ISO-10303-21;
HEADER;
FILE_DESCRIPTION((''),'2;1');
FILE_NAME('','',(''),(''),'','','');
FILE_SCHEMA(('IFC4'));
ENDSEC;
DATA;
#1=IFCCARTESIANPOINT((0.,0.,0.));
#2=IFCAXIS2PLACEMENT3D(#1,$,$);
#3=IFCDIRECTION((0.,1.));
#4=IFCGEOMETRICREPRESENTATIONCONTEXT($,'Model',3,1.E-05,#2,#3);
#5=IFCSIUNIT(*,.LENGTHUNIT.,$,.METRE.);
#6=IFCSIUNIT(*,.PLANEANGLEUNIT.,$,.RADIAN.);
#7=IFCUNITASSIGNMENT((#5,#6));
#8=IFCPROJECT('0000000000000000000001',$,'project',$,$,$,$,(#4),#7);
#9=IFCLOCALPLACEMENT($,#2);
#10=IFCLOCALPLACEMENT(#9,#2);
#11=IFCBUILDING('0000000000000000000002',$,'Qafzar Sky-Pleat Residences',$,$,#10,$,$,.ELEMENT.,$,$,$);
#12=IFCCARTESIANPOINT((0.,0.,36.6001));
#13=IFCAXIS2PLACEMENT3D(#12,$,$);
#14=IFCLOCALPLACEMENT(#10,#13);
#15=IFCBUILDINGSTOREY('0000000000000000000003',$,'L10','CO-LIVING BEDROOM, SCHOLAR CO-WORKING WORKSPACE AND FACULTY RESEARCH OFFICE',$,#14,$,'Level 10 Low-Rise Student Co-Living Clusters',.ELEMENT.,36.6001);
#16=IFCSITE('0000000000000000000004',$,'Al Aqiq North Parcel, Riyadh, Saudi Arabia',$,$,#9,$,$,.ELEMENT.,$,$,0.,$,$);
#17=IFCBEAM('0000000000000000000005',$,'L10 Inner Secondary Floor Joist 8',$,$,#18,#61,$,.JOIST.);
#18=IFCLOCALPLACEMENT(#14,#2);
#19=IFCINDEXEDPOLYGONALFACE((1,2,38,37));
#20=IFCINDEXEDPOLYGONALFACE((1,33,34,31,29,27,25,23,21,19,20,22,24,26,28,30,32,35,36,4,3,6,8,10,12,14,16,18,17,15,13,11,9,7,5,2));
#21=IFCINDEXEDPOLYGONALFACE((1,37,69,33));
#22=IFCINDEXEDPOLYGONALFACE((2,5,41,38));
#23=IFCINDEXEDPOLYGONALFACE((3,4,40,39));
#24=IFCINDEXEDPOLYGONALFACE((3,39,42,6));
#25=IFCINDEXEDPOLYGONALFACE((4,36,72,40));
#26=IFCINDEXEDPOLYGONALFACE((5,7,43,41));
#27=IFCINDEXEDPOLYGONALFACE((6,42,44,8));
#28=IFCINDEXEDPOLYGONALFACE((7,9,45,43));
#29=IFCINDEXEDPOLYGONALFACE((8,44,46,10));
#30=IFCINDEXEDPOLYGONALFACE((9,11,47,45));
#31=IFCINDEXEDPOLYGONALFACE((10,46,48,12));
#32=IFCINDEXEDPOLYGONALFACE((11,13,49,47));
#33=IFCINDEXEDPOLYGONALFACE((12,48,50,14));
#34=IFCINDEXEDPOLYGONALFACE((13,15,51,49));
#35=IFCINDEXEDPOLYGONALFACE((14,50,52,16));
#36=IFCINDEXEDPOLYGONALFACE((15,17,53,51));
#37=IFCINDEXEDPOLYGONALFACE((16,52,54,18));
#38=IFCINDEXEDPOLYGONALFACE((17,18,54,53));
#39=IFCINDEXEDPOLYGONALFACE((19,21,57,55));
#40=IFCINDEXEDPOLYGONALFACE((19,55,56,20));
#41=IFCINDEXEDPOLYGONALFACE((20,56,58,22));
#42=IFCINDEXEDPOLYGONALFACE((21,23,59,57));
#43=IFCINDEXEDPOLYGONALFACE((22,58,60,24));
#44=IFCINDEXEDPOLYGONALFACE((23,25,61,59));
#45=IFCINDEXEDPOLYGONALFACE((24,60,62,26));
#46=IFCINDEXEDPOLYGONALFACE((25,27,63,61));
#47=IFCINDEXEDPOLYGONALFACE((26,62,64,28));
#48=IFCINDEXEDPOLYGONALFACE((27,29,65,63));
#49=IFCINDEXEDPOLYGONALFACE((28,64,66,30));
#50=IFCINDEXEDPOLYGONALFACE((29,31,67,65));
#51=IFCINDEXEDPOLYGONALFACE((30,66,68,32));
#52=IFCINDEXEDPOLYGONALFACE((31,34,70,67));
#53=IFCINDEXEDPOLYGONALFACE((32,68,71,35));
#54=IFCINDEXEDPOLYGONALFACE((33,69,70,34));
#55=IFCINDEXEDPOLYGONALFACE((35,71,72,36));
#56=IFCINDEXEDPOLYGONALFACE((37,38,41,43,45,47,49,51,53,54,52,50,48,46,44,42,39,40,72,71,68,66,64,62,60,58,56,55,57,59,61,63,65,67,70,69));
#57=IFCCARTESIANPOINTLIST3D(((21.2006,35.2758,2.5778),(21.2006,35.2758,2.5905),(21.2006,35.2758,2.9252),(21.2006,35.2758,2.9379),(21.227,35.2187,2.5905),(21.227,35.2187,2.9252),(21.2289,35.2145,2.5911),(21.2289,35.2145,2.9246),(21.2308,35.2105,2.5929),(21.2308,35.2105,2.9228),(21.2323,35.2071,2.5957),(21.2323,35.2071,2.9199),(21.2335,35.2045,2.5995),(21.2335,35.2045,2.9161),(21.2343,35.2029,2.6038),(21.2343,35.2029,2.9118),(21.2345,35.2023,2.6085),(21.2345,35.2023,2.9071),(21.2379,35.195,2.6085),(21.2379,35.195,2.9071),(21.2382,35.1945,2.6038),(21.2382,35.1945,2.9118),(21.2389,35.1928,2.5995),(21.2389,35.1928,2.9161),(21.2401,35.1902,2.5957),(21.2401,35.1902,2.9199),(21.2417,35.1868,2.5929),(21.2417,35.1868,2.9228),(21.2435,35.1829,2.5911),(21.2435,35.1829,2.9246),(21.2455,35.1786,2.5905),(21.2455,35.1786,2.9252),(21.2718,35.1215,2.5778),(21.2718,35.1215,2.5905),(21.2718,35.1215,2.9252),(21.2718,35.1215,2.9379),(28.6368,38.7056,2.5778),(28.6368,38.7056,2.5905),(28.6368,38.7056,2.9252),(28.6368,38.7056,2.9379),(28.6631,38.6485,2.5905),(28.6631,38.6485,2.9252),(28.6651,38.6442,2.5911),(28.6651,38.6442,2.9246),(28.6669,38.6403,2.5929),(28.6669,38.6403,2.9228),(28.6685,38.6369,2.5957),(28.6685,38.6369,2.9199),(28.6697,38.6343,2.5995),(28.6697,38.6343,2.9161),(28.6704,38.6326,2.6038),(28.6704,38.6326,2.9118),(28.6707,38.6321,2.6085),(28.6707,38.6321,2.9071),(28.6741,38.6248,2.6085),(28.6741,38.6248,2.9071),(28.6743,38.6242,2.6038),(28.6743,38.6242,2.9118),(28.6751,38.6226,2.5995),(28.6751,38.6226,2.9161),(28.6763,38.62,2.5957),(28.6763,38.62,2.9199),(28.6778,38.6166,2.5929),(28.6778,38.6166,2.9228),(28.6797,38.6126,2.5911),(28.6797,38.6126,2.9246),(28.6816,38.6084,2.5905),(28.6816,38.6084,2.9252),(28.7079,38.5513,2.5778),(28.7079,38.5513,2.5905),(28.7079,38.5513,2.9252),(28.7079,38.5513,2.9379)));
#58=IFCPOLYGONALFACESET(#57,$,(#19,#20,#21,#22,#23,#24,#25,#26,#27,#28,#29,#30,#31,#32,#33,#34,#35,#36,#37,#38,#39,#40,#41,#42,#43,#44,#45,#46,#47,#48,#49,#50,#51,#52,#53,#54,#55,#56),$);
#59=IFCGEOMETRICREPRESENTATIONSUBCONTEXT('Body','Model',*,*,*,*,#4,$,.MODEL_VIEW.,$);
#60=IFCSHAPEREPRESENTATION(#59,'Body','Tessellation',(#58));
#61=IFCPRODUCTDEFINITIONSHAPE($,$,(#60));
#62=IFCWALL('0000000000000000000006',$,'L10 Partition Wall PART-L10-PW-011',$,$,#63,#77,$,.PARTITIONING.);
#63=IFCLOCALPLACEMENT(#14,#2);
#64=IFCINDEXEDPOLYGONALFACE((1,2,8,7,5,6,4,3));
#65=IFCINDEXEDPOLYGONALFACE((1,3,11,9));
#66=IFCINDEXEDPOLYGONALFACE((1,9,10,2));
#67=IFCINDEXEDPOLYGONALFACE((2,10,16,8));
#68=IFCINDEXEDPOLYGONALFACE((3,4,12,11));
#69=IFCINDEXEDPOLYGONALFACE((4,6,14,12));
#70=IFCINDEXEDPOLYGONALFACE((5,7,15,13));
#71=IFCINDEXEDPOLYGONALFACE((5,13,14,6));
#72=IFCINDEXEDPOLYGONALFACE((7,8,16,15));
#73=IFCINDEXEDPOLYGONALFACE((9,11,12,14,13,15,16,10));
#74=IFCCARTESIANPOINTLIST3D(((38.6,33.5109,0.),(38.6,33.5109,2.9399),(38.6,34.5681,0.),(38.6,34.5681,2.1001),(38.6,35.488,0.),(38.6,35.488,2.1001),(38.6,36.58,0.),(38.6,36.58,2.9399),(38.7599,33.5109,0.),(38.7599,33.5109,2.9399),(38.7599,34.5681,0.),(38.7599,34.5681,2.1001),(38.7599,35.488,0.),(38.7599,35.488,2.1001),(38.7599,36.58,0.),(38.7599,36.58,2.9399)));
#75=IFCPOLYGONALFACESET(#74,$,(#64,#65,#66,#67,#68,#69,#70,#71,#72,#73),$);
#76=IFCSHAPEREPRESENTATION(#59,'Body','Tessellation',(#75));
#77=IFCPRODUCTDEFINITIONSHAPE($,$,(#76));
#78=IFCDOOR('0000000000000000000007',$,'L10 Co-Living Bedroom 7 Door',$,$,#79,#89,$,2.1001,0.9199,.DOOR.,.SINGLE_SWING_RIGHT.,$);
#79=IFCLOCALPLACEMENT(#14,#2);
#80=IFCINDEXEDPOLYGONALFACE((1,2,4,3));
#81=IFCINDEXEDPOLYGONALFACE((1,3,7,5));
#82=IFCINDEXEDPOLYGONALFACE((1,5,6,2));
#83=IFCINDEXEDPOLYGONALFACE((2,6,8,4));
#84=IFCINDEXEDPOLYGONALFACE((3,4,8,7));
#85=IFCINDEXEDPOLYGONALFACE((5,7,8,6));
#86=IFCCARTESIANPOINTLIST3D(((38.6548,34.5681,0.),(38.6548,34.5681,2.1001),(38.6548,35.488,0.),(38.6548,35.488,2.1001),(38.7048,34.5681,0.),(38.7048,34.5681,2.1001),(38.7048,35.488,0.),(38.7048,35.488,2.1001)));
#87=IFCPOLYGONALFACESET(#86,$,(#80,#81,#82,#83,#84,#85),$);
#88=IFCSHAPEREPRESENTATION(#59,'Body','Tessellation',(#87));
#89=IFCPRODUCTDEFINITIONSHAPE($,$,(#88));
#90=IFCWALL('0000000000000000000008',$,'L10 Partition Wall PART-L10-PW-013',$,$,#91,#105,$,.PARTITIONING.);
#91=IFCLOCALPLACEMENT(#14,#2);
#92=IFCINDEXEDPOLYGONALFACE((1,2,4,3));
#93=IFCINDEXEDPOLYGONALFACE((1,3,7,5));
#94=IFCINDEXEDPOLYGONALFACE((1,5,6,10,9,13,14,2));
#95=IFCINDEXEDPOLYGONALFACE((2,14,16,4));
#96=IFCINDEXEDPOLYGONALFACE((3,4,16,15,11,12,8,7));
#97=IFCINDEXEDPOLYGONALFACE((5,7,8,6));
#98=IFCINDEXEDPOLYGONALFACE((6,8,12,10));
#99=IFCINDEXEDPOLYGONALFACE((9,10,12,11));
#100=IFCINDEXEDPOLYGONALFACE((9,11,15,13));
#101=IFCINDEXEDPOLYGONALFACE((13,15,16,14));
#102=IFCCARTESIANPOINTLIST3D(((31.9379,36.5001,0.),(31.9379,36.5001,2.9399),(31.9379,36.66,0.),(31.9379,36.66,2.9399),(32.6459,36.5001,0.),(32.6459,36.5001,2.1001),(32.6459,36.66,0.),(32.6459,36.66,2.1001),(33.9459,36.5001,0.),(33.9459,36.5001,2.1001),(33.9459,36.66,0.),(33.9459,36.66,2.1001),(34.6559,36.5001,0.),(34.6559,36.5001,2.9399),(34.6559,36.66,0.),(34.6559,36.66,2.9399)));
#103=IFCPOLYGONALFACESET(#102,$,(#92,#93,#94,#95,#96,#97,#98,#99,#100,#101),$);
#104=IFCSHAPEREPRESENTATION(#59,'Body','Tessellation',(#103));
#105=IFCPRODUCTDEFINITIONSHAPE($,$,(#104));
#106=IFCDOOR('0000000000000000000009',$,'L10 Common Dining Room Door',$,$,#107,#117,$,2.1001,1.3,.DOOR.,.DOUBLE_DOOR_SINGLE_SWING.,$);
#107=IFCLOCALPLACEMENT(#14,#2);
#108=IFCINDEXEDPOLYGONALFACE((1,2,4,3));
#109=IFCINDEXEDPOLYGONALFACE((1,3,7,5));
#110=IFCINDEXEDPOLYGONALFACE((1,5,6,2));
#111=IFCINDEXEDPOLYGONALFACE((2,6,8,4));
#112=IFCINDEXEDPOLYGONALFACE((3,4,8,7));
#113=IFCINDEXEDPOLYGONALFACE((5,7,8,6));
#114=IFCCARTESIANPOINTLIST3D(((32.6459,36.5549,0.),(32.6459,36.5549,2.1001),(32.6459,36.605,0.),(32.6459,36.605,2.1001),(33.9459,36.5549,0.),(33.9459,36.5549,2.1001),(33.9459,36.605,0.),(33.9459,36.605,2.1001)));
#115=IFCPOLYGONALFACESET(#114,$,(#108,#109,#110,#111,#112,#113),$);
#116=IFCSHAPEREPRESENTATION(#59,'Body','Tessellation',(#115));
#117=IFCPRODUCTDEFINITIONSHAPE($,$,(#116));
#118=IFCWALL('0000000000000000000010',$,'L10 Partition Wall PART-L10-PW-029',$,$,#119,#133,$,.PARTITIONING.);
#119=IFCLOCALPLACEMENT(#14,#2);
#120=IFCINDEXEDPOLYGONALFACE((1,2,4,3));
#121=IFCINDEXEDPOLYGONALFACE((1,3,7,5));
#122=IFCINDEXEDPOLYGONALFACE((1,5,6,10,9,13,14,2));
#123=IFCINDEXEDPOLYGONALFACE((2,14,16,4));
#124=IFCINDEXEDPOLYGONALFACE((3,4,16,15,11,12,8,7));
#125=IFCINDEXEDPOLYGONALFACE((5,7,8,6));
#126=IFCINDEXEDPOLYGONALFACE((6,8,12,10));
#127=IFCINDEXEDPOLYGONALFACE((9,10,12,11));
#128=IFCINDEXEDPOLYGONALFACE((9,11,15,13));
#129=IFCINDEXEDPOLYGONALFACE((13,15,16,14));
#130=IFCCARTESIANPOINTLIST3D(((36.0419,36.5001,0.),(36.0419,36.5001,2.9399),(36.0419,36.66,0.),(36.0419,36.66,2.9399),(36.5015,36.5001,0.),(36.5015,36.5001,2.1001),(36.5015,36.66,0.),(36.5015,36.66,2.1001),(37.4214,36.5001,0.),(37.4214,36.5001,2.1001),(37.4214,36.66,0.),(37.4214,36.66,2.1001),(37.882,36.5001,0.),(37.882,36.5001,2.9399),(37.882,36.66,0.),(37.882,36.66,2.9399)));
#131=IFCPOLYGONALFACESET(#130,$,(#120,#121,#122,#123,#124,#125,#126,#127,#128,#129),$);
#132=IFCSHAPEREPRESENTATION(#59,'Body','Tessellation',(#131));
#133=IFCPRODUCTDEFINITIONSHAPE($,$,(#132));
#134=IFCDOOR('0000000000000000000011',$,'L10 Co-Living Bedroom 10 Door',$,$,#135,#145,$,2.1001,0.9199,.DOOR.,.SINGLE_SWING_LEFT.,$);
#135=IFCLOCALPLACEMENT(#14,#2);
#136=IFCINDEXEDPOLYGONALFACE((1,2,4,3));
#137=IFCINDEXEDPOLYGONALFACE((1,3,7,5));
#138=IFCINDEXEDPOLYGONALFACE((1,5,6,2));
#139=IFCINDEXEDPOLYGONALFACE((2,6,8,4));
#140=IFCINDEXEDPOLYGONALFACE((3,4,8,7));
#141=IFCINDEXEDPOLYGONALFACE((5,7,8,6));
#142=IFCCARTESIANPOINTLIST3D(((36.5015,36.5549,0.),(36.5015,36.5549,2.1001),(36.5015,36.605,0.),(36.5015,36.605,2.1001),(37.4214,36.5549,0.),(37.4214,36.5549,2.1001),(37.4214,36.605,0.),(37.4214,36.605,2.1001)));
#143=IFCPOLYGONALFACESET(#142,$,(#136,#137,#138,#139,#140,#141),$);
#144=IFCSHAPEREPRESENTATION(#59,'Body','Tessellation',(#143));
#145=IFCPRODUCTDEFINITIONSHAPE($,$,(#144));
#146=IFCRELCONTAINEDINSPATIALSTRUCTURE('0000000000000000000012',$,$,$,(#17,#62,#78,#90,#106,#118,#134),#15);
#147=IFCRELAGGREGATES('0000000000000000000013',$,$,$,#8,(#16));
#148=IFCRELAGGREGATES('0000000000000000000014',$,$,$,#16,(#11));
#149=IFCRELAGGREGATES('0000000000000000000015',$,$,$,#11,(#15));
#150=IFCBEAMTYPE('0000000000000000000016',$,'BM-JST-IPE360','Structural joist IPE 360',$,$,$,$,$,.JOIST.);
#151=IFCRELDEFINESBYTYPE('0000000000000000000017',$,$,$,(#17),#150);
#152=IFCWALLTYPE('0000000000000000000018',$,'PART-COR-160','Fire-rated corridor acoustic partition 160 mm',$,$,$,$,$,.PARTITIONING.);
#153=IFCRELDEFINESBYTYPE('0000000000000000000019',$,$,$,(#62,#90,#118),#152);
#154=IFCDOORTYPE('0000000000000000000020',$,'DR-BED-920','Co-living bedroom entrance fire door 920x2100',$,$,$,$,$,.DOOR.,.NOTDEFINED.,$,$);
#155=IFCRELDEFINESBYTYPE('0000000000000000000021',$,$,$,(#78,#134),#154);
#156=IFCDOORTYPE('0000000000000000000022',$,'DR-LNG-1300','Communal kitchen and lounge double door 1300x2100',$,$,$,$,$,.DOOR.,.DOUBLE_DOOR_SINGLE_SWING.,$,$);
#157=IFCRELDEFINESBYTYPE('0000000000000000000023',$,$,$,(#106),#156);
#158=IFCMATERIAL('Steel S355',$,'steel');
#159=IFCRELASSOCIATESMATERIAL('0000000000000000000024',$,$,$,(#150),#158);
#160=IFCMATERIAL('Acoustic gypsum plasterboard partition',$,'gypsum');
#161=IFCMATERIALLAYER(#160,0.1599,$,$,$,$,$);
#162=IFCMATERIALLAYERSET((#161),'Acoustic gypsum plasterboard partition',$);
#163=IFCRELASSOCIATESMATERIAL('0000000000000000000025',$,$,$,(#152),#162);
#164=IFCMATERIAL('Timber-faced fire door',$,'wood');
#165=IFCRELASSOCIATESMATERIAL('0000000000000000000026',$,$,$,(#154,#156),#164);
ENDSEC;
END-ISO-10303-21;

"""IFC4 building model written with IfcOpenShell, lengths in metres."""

from ifc_helpers import new_model, si_unit, direction, frame, frame_2d, origin, origin_2d, place, context, subcontext, project, spatial, rectangle, i_section, extrude, source, transform, mapped, material, layer, layer_set, material_profile, profile_set, type_object, element, fill, save


model = new_model("IFC4")

# Units and contexts
model_context = context("Model", 3, precision=1e-05, world=origin(), true_north=direction((0.0, 1.0)))
body_context = subcontext(model_context, "Body", "Model", "MODEL_VIEW")
ifc_project = project(units=[si_unit("LENGTHUNIT", "METRE"), si_unit("PLANEANGLEUNIT", "RADIAN")], contexts=[model_context])

# Site, building, storey
site_placement = place(None, origin())
site = spatial("IfcSite", under=ifc_project, at=site_placement, Name="Al Aqiq North Parcel, Riyadh, Saudi Arabia", CompositionType="ELEMENT", RefElevation=0.0)
building_placement = place(site_placement, origin())
building = spatial("IfcBuilding", under=site, at=building_placement, Name="Qafzar Sky-Pleat Residences", CompositionType="ELEMENT")
storey_placement = place(building_placement, frame((0.0, 0.0, 36.6001)))
storey = spatial("IfcBuildingStorey", under=building, at=storey_placement, Name="L10", Description="CO-LIVING BEDROOM, SCHOLAR CO-WORKING WORKSPACE AND FACULTY RESEARCH OFFICE", LongName="Level 10 Low-Rise Student Co-Living Clusters", CompositionType="ELEMENT", Elevation=36.6001)

# Beam
ifc_material_1 = material(Name="Steel S355", Category="steel")
ifc_material_profile = material_profile(ifc_material_1, i_section(OverallWidth=0.1699, OverallDepth=0.3601, WebThickness=0.0081, FlangeThickness=0.0127, FilletRadius=0.0181, at=origin_2d()), Name="IPE 360")
ifc_profile_set = profile_set([ifc_material_profile], Name="Steel S355")
beam_type = type_object("IfcBeamType", Name="BM-JST-IPE360", Description="Structural joist IPE 360", PredefinedType="JOIST", material=ifc_profile_set)
shared_shape_1 = source(origin(), body_context, "Body", "SweptSolid", [
    extrude(i_section(OverallWidth=0.1699, OverallDepth=0.3601, WebThickness=0.0081, FlangeThickness=0.0127, FilletRadius=0.0181, at=origin_2d()), origin(), (0.0, 0.0, 1.0), 8.189),
])
beam_placement = place(storey_placement, frame((28.6724, 38.6284, 2.7578), z_axis=(-0.908068, -0.418824, 0.0), x_axis=(0.418824, -0.908068, 0.0)))
element("IfcBeam", 1, at=beam_placement, inside=storey, type_object=beam_type, Name="L10 Inner Secondary Floor Joist 8", PredefinedType="JOIST", context=body_context, shape_type="MappedRepresentation", body=[
    mapped(shared_shape_1, transform((0.0, 0.0, 0.0), x_axis=(1.0, 0.0, 0.0), y_axis=(0.0, 1.0, 0.0), z_axis=(0.0, 0.0, 1.0), scale=1.0)),
])

# Walls, openings, doors
ifc_material_2 = material(Name="Acoustic gypsum plasterboard partition", Category="gypsum")
ifc_layer_1 = layer(ifc_material_2, 0.1599)
ifc_layer_set_1 = layer_set([ifc_layer_1], Name="Acoustic gypsum plasterboard partition")
wall_type_1 = type_object("IfcWallType", Name="PART-COR-160", Description="Fire-rated corridor acoustic partition 160 mm", PredefinedType="PARTITIONING", material=ifc_layer_set_1)
wall_1_placement = place(storey_placement, frame((38.6799, 36.5801, 0.0), z_axis=(0.0, 0.0, 1.0), x_axis=(0.0, -1.0, 0.0)))
wall_1 = element("IfcWall", 2, at=wall_1_placement, inside=storey, type_object=wall_type_1, Name="L10 Partition Wall PART-L10-PW-011", PredefinedType="PARTITIONING", context=body_context, shape_type="SweptSolid", body=[
    extrude(rectangle(XDim=3.0691, YDim=0.1599, at=frame_2d((1.5347, 0.0))), origin(), (0.0, 0.0, 1.0), 2.9399),
])
opening_1_placement = place(wall_1_placement, frame((1.092, 0.0, 0.0)))
opening_1 = element("IfcOpeningElement", 3, at=opening_1_placement, cuts=wall_1, PredefinedType="OPENING", context=body_context, shape_type="SweptSolid", body=[
    extrude(rectangle(XDim=0.9199, YDim=2.1001, at=frame_2d((0.46, 1.05))), frame((0.0, 0.0898, 0.0), z_axis=(0.0, -1.0, 0.0), x_axis=(1.0, 0.0, 0.0)), (0.0, 0.0, 1.0), 0.1799),
])
ifc_material_3 = material(Name="Timber-faced fire door", Category="wood")
door_type_1 = type_object("IfcDoorType", Name="DR-BED-920", Description="Co-living bedroom entrance fire door 920x2100", OperationType="NOTDEFINED", PredefinedType="DOOR", material=ifc_material_3)
shared_shape_2 = source(origin(), body_context, "Body", "SweptSolid", [
    extrude(rectangle(XDim=0.9199, YDim=2.1001, at=frame_2d((0.46, 1.05))), frame((0.0, 0.0249, 0.0), z_axis=(0.0, -1.0, 0.0), x_axis=(1.0, 0.0, 0.0)), (0.0, 0.0, 1.0), 0.05),
])
door_1_placement = place(opening_1_placement, origin())
door_1 = element("IfcDoor", 4, at=door_1_placement, inside=storey, type_object=door_type_1, Name="L10 Co-Living Bedroom 7 Door", OperationType="SINGLE_SWING_RIGHT", OverallHeight=2.1001, OverallWidth=0.9199, PredefinedType="DOOR", context=body_context, shape_type="MappedRepresentation", body=[
    mapped(shared_shape_2, transform((0.0, 0.0, 0.0), x_axis=(1.0, 0.0, 0.0), y_axis=(0.0, 1.0, 0.0), z_axis=(0.0, 0.0, 1.0), scale=1.0)),
])
fill(opening_1, door_1)
wall_2_placement = place(storey_placement, frame((31.938, 36.5801, 0.0), z_axis=(0.0, 0.0, 1.0), x_axis=(1.0, 0.0, 0.0)))
wall_2 = element("IfcWall", 5, at=wall_2_placement, inside=storey, type_object=wall_type_1, Name="L10 Partition Wall PART-L10-PW-013", PredefinedType="PARTITIONING", context=body_context, shape_type="SweptSolid", body=[
    extrude(rectangle(XDim=2.718, YDim=0.1599, at=frame_2d((1.3589, 0.0))), origin(), (0.0, 0.0, 1.0), 2.9399),
])
opening_2_placement = place(wall_2_placement, frame((0.708, 0.0, 0.0)))
opening_2 = element("IfcOpeningElement", 6, at=opening_2_placement, cuts=wall_2, PredefinedType="OPENING", context=body_context, shape_type="SweptSolid", body=[
    extrude(rectangle(XDim=1.3, YDim=2.1001, at=frame_2d((0.6499, 1.05))), frame((0.0, 0.0898, 0.0), z_axis=(0.0, -1.0, 0.0), x_axis=(1.0, 0.0, 0.0)), (0.0, 0.0, 1.0), 0.1799),
])
door_type_2 = type_object("IfcDoorType", Name="DR-LNG-1300", Description="Communal kitchen and lounge double door 1300x2100", OperationType="DOUBLE_DOOR_SINGLE_SWING", PredefinedType="DOOR", material=ifc_material_3)
shared_shape_3 = source(origin(), body_context, "Body", "SweptSolid", [
    extrude(rectangle(XDim=1.3, YDim=2.1001, at=frame_2d((0.6499, 1.05))), frame((0.0, 0.0249, 0.0), z_axis=(0.0, -1.0, 0.0), x_axis=(1.0, 0.0, 0.0)), (0.0, 0.0, 1.0), 0.05),
])
door_2_placement = place(opening_2_placement, origin())
door_2 = element("IfcDoor", 7, at=door_2_placement, inside=storey, type_object=door_type_2, Name="L10 Common Dining Room Door", OperationType="DOUBLE_DOOR_SINGLE_SWING", OverallHeight=2.1001, OverallWidth=1.3, PredefinedType="DOOR", context=body_context, shape_type="MappedRepresentation", body=[
    mapped(shared_shape_3, transform((0.0, 0.0, 0.0), x_axis=(1.0, 0.0, 0.0), y_axis=(0.0, 1.0, 0.0), z_axis=(0.0, 0.0, 1.0), scale=1.0)),
])
fill(opening_2, door_2)
wall_3_placement = place(storey_placement, frame((36.042, 36.5801, 0.0), z_axis=(0.0, 0.0, 1.0), x_axis=(1.0, 0.0, 0.0)))
wall_3 = element("IfcWall", 8, at=wall_3_placement, inside=storey, type_object=wall_type_1, Name="L10 Partition Wall PART-L10-PW-029", PredefinedType="PARTITIONING", context=body_context, shape_type="SweptSolid", body=[
    extrude(rectangle(XDim=1.8401, YDim=0.1599, at=frame_2d((0.9199, 0.0))), origin(), (0.0, 0.0, 1.0), 2.9399),
])
opening_3_placement = place(wall_3_placement, frame((0.4595, 0.0, 0.0)))
opening_3 = element("IfcOpeningElement", 9, at=opening_3_placement, cuts=wall_3, PredefinedType="OPENING", context=body_context, shape_type="SweptSolid", body=[
    extrude(rectangle(XDim=0.9199, YDim=2.1001, at=frame_2d((0.46, 1.05))), frame((0.0, 0.0898, 0.0), z_axis=(0.0, -1.0, 0.0), x_axis=(1.0, 0.0, 0.0)), (0.0, 0.0, 1.0), 0.1799),
])
door_3_placement = place(opening_3_placement, origin())
door_3 = element("IfcDoor", 10, at=door_3_placement, inside=storey, type_object=door_type_1, Name="L10 Co-Living Bedroom 10 Door", OperationType="SINGLE_SWING_LEFT", OverallHeight=2.1001, OverallWidth=0.9199, PredefinedType="DOOR", context=body_context, shape_type="MappedRepresentation", body=[
    mapped(shared_shape_2, transform((0.0, 0.0, 0.0), x_axis=(1.0, 0.0, 0.0), y_axis=(0.0, 1.0, 0.0), z_axis=(0.0, 0.0, 1.0), scale=1.0)),
])
fill(opening_3, door_3)

save(model, "model.ifc")
